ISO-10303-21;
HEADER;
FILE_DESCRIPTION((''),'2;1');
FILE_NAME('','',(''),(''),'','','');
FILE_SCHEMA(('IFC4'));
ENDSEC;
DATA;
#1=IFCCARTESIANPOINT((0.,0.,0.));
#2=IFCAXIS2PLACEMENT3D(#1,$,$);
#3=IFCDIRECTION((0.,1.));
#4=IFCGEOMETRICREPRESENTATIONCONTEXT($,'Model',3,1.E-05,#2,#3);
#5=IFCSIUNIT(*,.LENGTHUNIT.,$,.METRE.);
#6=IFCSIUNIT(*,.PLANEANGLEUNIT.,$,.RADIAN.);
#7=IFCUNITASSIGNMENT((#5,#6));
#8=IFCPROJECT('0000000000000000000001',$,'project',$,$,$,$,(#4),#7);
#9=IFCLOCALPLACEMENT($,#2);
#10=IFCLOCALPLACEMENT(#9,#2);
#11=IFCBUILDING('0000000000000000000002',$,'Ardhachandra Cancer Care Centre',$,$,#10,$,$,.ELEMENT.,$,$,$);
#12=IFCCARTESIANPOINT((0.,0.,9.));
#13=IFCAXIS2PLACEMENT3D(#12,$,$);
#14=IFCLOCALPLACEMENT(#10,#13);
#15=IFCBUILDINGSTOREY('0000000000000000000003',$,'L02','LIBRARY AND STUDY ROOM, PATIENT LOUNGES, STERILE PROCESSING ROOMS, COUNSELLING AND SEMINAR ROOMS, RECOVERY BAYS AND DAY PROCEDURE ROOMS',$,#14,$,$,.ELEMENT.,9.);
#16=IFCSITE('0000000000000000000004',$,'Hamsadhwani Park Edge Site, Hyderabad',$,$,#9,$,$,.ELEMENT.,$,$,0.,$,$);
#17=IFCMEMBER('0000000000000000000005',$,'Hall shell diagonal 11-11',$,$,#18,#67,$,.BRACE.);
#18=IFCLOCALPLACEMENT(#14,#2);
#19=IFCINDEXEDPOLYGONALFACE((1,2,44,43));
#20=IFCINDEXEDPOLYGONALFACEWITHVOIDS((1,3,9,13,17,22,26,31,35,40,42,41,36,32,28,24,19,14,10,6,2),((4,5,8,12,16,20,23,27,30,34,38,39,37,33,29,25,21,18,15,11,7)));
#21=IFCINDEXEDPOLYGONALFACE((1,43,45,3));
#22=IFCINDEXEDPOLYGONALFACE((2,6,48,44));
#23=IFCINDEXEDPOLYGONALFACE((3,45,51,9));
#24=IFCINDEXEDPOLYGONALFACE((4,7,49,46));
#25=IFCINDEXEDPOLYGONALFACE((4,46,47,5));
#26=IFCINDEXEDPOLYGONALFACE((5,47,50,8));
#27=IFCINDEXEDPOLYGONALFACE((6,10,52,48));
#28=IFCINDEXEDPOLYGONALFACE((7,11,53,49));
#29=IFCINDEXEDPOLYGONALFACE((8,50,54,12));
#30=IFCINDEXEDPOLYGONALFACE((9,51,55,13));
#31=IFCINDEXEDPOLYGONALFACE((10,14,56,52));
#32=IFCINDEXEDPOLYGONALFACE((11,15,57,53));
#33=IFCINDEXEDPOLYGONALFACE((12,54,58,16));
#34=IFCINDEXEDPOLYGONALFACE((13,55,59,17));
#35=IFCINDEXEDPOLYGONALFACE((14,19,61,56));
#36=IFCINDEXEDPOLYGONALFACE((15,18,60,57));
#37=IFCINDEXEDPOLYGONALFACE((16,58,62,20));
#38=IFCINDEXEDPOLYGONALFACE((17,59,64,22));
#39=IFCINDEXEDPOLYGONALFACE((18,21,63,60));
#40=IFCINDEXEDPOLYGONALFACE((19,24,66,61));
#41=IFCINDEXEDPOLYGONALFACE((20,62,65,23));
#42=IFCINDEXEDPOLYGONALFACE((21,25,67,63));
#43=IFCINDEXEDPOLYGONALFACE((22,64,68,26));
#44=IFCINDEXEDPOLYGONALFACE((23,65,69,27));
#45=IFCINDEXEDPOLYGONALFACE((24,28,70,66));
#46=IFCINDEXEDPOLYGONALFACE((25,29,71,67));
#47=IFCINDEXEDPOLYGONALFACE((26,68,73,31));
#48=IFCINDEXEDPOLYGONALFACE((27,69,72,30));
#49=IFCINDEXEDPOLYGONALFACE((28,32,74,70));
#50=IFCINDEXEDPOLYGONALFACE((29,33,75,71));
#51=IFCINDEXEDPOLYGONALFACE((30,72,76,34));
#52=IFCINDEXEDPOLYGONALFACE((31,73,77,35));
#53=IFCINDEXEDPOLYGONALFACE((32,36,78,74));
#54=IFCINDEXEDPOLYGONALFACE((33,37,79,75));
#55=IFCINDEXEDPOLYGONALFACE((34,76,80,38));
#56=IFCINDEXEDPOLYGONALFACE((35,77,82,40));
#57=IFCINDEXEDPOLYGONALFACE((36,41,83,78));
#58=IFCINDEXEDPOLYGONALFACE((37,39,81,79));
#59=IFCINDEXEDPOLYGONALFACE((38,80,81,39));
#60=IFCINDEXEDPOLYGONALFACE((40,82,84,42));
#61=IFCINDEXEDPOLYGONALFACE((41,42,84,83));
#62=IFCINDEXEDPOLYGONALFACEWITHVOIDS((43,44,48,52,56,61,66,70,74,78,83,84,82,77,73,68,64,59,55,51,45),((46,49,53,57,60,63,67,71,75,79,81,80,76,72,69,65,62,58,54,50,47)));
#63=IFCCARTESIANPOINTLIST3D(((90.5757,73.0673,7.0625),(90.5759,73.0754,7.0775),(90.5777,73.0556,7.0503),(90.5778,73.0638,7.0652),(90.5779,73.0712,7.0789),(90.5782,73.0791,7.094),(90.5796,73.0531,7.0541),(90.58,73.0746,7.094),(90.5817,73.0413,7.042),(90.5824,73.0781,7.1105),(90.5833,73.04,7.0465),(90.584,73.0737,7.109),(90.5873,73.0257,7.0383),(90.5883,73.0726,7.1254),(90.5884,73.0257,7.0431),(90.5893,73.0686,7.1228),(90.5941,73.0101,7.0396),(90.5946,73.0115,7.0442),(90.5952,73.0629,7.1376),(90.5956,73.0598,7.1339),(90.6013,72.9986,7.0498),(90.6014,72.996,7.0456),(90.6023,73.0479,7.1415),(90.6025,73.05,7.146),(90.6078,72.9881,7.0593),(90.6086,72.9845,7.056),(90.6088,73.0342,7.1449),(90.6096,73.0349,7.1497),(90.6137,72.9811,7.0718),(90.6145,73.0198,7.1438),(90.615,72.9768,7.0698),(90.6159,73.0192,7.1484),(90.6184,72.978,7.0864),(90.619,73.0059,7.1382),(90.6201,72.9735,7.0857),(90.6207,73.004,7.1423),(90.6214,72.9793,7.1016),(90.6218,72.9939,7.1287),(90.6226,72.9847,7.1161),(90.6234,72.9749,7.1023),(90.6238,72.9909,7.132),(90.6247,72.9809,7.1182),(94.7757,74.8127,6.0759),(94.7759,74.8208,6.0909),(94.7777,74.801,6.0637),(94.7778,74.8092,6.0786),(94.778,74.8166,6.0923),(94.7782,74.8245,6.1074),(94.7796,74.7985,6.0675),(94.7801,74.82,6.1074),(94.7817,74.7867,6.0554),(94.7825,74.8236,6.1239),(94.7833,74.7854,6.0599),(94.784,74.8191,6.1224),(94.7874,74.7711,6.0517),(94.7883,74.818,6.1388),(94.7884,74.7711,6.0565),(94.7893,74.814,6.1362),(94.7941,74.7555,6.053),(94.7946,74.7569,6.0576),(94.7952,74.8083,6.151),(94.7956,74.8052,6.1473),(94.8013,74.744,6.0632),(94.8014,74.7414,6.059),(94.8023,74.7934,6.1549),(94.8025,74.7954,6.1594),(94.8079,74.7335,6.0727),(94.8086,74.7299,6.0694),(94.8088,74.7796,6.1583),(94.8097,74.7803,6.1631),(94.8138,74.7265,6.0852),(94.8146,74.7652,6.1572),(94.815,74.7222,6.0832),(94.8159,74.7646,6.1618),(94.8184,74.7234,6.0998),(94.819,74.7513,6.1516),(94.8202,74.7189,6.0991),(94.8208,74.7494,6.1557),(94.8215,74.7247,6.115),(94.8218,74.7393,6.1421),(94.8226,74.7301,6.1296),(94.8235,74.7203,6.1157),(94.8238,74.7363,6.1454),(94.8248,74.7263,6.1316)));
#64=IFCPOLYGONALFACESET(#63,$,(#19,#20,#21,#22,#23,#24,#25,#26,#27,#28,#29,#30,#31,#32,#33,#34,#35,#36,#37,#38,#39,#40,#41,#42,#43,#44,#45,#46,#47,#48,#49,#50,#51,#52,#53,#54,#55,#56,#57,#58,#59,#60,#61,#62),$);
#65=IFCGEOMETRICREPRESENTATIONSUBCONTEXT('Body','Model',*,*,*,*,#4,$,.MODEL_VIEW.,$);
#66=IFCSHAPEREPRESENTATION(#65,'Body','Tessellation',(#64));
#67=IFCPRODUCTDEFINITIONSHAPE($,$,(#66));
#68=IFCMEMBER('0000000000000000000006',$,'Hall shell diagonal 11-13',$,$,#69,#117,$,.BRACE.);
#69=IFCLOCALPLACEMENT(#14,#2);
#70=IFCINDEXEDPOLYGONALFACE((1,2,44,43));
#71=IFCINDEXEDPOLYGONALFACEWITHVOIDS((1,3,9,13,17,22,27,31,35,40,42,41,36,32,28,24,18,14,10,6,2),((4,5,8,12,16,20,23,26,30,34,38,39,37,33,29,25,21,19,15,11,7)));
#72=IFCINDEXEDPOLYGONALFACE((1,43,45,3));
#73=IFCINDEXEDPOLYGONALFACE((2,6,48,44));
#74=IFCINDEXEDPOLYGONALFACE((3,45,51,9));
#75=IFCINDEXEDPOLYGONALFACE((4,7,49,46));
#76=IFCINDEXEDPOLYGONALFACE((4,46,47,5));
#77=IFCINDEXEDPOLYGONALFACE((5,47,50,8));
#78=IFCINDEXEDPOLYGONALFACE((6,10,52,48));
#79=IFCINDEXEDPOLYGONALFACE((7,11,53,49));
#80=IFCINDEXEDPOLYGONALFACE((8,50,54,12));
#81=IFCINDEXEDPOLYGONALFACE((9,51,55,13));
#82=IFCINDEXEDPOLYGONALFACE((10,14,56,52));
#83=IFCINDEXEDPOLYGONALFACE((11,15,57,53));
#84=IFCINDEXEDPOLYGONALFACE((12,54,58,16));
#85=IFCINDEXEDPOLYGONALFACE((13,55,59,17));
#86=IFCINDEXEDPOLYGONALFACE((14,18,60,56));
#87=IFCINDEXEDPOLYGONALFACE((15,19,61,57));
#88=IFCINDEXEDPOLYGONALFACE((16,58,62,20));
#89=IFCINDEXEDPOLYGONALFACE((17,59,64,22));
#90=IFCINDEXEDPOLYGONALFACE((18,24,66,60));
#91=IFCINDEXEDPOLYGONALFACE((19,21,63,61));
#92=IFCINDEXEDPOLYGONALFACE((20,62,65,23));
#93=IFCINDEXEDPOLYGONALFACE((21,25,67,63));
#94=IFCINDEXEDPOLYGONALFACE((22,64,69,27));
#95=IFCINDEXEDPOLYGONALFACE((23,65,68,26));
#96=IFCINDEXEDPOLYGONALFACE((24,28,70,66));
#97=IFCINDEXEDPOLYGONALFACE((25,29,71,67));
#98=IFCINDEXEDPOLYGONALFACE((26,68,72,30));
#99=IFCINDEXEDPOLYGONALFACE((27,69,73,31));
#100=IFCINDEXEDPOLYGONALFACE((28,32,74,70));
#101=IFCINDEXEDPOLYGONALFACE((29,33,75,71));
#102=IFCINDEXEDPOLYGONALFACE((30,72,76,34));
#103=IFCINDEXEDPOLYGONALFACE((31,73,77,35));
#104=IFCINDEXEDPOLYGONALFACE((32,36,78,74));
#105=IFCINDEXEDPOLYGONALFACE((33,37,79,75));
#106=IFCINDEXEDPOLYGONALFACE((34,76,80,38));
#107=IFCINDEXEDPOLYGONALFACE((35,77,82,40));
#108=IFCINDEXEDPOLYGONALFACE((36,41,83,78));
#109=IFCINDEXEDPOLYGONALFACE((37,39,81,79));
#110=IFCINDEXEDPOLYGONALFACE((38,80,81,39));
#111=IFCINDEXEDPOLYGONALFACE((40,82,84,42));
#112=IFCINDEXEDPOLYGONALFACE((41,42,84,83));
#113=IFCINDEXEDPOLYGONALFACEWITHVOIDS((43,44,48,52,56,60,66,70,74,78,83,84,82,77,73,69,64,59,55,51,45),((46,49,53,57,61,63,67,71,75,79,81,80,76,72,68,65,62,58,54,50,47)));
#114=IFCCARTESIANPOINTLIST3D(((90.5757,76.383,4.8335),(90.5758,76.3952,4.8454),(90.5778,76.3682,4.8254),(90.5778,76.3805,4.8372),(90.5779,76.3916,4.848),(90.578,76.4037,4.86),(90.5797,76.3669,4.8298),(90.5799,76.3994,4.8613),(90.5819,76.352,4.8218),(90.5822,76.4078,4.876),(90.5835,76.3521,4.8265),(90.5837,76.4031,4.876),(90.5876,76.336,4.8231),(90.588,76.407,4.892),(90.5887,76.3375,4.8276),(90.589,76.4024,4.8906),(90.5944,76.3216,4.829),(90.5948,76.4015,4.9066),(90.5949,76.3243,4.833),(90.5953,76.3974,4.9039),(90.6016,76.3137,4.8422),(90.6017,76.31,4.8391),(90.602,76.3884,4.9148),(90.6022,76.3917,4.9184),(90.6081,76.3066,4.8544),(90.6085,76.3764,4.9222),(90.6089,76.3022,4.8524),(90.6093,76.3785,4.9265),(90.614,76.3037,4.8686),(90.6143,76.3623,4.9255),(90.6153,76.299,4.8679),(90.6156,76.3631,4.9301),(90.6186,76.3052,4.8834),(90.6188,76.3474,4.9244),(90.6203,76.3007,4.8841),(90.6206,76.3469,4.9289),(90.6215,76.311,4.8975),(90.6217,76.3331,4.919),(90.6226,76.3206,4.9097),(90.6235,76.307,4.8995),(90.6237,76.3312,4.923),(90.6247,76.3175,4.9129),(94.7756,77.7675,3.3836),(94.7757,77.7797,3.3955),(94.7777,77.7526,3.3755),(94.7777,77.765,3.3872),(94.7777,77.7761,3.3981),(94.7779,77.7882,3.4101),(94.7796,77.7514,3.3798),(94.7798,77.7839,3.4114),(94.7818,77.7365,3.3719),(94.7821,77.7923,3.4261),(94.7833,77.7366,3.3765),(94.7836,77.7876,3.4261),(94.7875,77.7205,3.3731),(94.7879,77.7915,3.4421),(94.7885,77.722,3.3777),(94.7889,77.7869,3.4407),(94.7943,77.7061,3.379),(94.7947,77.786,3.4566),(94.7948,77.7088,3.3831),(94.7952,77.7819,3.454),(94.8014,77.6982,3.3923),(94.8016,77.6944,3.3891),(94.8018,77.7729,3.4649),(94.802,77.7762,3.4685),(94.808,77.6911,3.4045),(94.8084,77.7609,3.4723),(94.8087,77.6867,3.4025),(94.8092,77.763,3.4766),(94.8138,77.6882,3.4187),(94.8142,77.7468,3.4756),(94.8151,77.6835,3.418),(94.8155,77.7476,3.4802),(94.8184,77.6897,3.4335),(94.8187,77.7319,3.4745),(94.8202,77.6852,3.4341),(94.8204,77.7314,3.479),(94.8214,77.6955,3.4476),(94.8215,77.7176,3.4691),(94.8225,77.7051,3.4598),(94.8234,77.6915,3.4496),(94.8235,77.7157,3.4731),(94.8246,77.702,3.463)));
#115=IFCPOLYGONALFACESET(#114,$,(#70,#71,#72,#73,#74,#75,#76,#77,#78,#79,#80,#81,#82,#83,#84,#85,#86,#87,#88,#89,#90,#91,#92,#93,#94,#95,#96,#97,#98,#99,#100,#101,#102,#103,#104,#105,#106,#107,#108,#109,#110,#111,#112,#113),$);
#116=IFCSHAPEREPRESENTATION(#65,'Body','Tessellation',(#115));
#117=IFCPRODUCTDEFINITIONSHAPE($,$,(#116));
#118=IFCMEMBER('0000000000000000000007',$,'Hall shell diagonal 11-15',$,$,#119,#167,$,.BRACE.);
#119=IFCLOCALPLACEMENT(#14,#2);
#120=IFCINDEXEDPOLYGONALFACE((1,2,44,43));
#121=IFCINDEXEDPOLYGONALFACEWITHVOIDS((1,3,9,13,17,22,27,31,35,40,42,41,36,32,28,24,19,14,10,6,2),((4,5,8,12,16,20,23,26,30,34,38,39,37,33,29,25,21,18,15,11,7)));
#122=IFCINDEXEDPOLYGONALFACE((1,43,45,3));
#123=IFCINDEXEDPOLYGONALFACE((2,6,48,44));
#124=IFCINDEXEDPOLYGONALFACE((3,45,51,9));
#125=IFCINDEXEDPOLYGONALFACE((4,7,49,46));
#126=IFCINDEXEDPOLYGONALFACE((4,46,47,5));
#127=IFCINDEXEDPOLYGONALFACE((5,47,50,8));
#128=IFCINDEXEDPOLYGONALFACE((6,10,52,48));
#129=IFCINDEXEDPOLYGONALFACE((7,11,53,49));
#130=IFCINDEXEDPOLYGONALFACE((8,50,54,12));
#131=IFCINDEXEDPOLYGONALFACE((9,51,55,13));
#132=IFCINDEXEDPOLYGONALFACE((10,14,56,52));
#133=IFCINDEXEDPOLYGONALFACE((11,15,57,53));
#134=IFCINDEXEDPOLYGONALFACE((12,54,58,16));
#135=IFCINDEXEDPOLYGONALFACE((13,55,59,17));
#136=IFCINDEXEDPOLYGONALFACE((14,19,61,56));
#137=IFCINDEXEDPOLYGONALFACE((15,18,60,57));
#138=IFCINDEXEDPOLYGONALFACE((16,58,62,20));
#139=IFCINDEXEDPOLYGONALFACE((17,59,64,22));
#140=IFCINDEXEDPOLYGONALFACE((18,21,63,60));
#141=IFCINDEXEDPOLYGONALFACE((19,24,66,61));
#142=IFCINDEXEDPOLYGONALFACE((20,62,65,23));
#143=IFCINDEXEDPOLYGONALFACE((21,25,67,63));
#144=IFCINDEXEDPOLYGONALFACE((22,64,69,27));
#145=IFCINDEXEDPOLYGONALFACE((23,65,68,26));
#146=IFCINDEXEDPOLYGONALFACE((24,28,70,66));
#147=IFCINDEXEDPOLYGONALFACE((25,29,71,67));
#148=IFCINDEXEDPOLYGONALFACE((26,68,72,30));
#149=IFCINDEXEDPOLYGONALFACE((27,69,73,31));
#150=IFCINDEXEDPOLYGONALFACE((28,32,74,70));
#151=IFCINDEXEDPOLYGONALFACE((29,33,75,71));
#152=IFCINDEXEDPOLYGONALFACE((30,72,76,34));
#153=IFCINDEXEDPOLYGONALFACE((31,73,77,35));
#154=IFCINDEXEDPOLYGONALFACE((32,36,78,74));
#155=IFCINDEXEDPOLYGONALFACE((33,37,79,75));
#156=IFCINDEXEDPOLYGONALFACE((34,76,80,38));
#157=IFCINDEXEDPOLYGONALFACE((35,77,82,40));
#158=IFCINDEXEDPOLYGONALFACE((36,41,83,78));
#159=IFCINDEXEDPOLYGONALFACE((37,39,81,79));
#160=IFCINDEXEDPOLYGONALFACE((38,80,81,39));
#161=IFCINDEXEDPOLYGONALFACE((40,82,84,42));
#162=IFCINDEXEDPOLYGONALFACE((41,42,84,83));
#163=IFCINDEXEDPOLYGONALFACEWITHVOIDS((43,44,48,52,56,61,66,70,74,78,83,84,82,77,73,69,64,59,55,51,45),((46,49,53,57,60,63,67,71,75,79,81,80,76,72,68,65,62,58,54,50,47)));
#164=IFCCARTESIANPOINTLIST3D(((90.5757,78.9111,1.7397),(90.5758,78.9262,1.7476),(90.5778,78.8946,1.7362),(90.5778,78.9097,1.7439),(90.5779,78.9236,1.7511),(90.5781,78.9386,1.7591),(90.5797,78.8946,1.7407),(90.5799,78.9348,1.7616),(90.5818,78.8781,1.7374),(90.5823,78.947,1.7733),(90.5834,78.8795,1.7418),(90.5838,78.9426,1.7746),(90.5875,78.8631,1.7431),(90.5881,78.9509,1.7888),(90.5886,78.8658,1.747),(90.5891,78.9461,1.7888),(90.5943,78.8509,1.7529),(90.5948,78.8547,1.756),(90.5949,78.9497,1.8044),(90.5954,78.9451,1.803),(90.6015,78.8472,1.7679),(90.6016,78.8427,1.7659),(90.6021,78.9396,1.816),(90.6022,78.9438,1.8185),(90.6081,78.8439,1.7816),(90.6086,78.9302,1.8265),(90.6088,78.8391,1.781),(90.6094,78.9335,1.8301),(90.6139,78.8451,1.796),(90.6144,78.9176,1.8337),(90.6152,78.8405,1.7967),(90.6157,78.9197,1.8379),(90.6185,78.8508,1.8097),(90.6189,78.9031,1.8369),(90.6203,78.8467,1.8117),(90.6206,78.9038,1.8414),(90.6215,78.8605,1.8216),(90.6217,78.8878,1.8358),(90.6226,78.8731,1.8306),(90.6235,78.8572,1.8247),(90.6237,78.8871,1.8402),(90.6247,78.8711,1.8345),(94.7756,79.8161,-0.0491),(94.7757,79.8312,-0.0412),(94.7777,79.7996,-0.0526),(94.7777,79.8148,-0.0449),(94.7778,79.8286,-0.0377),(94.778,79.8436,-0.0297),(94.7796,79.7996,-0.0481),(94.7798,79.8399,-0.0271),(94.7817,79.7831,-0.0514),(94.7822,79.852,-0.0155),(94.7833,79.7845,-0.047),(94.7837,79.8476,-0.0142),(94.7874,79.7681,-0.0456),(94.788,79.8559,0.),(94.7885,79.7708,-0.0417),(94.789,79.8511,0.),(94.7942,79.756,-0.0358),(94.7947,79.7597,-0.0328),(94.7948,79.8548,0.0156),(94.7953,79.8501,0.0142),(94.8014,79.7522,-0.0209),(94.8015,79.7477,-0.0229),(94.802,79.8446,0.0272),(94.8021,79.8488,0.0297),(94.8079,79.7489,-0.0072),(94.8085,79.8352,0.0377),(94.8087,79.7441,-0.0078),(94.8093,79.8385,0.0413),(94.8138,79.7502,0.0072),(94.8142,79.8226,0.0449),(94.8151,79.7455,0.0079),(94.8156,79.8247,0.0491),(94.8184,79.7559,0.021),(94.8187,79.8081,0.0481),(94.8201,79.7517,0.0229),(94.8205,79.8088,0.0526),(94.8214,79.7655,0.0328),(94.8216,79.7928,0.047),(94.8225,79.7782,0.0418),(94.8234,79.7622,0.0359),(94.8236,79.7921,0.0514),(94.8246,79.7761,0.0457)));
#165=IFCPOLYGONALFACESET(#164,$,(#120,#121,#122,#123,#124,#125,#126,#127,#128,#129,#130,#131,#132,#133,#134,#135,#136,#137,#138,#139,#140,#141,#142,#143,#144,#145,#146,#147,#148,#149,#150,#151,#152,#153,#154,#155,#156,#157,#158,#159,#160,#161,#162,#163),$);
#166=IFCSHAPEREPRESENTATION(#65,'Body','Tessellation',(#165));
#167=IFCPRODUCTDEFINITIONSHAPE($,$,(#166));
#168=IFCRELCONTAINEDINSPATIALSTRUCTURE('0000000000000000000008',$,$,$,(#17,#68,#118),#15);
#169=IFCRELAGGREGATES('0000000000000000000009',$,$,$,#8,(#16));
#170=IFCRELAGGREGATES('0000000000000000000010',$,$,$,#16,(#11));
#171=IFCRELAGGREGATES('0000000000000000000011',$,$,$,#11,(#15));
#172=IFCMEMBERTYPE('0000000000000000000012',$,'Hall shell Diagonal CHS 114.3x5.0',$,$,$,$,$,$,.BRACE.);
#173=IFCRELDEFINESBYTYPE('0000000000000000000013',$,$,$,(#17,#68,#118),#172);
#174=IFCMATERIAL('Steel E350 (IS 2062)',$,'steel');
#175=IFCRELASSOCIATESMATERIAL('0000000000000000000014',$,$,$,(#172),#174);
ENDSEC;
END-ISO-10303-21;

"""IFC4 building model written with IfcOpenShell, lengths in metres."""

from ifc_helpers import new_model, si_unit, direction, frame, origin, origin_2d, place, context, subcontext, project, spatial, hollow_circle, extrude, material, material_profile, profile_set, type_object, element, save


model = new_model("IFC4")

# Units and contexts
model_context = context("Model", 3, precision=1e-05, world=origin(), true_north=direction((0.0, 1.0)))
body_context = subcontext(model_context, "Body", "Model", "MODEL_VIEW")
ifc_project = project(units=[si_unit("LENGTHUNIT", "METRE"), si_unit("PLANEANGLEUNIT", "RADIAN")], contexts=[model_context])

# Site, building, storey
site_placement = place(None, origin())
site = spatial("IfcSite", under=ifc_project, at=site_placement, Name="Hamsadhwani Park Edge Site, Hyderabad", CompositionType="ELEMENT", RefElevation=0.0)
building_placement = place(site_placement, origin())
building = spatial("IfcBuilding", under=site, at=building_placement, Name="Ardhachandra Cancer Care Centre", CompositionType="ELEMENT")
storey_placement = place(building_placement, frame((0.0, 0.0, 9.0)))
storey = spatial("IfcBuildingStorey", under=building, at=storey_placement, Name="L02", Description="LIBRARY AND STUDY ROOM, PATIENT LOUNGES, STERILE PROCESSING ROOMS, COUNSELLING AND SEMINAR ROOMS, RECOVERY BAYS AND DAY PROCEDURE ROOMS", CompositionType="ELEMENT", Elevation=9.0)

# Members
ifc_material_1 = material(Name="Steel E350 (IS 2062)", Category="steel")
ifc_material_profile_1 = material_profile(ifc_material_1, hollow_circle(Radius=0.0571, WallThickness=0.0049, at=origin_2d()), Name="CHS 114.3x5.0")
ifc_profile_set_1 = profile_set([ifc_material_profile_1], Name="Steel E350 (IS 2062)")
member_type_1 = type_object("IfcMemberType", Name="Hall shell Diagonal CHS 114.3x5.0", PredefinedType="BRACE", material=ifc_profile_set_1)
for number, where, z_axis, x_axis, name in (
    (1, (90.6001, 73.0264, 7.094), (0.90245, 0.375028, -0.211986), (-0.38375, 0.923437, 0.0), "Hall shell diagonal 11-11"),
):
    element("IfcMember", number, at=place(storey_placement, frame(where, z_axis=z_axis, x_axis=x_axis)), inside=storey, type_object=member_type_1, Name=name, PredefinedType="BRACE", context=body_context, shape_type="SweptSolid", body=[
        extrude(hollow_circle(Radius=0.0571, WallThickness=0.0049, at=origin_2d()), origin(), (0.0, 0.0, 1.0), 4.6541),
    ])
for number, where, z_axis, x_axis, name in (
    (2, (90.6001, 76.3535, 4.876), (0.902457, 0.297497, -0.311556), (-0.313079, 0.949727, 0.0), "Hall shell diagonal 11-13"),
    (3, (90.6001, 78.895, 1.7888), (0.902464, 0.194468, -0.384372), (-0.21065, 0.977561, 0.0), "Hall shell diagonal 11-15"),
):
    element("IfcMember", number, at=place(storey_placement, frame(where, z_axis=z_axis, x_axis=x_axis)), inside=storey, type_object=member_type_1, Name=name, PredefinedType="BRACE", context=body_context, shape_type="SweptSolid", body=[
        extrude(hollow_circle(Radius=0.0571, WallThickness=0.0049, at=origin_2d()), origin(), (0.0, 0.0, 1.0), 4.6538),
    ])

save(model, "model.ifc")
